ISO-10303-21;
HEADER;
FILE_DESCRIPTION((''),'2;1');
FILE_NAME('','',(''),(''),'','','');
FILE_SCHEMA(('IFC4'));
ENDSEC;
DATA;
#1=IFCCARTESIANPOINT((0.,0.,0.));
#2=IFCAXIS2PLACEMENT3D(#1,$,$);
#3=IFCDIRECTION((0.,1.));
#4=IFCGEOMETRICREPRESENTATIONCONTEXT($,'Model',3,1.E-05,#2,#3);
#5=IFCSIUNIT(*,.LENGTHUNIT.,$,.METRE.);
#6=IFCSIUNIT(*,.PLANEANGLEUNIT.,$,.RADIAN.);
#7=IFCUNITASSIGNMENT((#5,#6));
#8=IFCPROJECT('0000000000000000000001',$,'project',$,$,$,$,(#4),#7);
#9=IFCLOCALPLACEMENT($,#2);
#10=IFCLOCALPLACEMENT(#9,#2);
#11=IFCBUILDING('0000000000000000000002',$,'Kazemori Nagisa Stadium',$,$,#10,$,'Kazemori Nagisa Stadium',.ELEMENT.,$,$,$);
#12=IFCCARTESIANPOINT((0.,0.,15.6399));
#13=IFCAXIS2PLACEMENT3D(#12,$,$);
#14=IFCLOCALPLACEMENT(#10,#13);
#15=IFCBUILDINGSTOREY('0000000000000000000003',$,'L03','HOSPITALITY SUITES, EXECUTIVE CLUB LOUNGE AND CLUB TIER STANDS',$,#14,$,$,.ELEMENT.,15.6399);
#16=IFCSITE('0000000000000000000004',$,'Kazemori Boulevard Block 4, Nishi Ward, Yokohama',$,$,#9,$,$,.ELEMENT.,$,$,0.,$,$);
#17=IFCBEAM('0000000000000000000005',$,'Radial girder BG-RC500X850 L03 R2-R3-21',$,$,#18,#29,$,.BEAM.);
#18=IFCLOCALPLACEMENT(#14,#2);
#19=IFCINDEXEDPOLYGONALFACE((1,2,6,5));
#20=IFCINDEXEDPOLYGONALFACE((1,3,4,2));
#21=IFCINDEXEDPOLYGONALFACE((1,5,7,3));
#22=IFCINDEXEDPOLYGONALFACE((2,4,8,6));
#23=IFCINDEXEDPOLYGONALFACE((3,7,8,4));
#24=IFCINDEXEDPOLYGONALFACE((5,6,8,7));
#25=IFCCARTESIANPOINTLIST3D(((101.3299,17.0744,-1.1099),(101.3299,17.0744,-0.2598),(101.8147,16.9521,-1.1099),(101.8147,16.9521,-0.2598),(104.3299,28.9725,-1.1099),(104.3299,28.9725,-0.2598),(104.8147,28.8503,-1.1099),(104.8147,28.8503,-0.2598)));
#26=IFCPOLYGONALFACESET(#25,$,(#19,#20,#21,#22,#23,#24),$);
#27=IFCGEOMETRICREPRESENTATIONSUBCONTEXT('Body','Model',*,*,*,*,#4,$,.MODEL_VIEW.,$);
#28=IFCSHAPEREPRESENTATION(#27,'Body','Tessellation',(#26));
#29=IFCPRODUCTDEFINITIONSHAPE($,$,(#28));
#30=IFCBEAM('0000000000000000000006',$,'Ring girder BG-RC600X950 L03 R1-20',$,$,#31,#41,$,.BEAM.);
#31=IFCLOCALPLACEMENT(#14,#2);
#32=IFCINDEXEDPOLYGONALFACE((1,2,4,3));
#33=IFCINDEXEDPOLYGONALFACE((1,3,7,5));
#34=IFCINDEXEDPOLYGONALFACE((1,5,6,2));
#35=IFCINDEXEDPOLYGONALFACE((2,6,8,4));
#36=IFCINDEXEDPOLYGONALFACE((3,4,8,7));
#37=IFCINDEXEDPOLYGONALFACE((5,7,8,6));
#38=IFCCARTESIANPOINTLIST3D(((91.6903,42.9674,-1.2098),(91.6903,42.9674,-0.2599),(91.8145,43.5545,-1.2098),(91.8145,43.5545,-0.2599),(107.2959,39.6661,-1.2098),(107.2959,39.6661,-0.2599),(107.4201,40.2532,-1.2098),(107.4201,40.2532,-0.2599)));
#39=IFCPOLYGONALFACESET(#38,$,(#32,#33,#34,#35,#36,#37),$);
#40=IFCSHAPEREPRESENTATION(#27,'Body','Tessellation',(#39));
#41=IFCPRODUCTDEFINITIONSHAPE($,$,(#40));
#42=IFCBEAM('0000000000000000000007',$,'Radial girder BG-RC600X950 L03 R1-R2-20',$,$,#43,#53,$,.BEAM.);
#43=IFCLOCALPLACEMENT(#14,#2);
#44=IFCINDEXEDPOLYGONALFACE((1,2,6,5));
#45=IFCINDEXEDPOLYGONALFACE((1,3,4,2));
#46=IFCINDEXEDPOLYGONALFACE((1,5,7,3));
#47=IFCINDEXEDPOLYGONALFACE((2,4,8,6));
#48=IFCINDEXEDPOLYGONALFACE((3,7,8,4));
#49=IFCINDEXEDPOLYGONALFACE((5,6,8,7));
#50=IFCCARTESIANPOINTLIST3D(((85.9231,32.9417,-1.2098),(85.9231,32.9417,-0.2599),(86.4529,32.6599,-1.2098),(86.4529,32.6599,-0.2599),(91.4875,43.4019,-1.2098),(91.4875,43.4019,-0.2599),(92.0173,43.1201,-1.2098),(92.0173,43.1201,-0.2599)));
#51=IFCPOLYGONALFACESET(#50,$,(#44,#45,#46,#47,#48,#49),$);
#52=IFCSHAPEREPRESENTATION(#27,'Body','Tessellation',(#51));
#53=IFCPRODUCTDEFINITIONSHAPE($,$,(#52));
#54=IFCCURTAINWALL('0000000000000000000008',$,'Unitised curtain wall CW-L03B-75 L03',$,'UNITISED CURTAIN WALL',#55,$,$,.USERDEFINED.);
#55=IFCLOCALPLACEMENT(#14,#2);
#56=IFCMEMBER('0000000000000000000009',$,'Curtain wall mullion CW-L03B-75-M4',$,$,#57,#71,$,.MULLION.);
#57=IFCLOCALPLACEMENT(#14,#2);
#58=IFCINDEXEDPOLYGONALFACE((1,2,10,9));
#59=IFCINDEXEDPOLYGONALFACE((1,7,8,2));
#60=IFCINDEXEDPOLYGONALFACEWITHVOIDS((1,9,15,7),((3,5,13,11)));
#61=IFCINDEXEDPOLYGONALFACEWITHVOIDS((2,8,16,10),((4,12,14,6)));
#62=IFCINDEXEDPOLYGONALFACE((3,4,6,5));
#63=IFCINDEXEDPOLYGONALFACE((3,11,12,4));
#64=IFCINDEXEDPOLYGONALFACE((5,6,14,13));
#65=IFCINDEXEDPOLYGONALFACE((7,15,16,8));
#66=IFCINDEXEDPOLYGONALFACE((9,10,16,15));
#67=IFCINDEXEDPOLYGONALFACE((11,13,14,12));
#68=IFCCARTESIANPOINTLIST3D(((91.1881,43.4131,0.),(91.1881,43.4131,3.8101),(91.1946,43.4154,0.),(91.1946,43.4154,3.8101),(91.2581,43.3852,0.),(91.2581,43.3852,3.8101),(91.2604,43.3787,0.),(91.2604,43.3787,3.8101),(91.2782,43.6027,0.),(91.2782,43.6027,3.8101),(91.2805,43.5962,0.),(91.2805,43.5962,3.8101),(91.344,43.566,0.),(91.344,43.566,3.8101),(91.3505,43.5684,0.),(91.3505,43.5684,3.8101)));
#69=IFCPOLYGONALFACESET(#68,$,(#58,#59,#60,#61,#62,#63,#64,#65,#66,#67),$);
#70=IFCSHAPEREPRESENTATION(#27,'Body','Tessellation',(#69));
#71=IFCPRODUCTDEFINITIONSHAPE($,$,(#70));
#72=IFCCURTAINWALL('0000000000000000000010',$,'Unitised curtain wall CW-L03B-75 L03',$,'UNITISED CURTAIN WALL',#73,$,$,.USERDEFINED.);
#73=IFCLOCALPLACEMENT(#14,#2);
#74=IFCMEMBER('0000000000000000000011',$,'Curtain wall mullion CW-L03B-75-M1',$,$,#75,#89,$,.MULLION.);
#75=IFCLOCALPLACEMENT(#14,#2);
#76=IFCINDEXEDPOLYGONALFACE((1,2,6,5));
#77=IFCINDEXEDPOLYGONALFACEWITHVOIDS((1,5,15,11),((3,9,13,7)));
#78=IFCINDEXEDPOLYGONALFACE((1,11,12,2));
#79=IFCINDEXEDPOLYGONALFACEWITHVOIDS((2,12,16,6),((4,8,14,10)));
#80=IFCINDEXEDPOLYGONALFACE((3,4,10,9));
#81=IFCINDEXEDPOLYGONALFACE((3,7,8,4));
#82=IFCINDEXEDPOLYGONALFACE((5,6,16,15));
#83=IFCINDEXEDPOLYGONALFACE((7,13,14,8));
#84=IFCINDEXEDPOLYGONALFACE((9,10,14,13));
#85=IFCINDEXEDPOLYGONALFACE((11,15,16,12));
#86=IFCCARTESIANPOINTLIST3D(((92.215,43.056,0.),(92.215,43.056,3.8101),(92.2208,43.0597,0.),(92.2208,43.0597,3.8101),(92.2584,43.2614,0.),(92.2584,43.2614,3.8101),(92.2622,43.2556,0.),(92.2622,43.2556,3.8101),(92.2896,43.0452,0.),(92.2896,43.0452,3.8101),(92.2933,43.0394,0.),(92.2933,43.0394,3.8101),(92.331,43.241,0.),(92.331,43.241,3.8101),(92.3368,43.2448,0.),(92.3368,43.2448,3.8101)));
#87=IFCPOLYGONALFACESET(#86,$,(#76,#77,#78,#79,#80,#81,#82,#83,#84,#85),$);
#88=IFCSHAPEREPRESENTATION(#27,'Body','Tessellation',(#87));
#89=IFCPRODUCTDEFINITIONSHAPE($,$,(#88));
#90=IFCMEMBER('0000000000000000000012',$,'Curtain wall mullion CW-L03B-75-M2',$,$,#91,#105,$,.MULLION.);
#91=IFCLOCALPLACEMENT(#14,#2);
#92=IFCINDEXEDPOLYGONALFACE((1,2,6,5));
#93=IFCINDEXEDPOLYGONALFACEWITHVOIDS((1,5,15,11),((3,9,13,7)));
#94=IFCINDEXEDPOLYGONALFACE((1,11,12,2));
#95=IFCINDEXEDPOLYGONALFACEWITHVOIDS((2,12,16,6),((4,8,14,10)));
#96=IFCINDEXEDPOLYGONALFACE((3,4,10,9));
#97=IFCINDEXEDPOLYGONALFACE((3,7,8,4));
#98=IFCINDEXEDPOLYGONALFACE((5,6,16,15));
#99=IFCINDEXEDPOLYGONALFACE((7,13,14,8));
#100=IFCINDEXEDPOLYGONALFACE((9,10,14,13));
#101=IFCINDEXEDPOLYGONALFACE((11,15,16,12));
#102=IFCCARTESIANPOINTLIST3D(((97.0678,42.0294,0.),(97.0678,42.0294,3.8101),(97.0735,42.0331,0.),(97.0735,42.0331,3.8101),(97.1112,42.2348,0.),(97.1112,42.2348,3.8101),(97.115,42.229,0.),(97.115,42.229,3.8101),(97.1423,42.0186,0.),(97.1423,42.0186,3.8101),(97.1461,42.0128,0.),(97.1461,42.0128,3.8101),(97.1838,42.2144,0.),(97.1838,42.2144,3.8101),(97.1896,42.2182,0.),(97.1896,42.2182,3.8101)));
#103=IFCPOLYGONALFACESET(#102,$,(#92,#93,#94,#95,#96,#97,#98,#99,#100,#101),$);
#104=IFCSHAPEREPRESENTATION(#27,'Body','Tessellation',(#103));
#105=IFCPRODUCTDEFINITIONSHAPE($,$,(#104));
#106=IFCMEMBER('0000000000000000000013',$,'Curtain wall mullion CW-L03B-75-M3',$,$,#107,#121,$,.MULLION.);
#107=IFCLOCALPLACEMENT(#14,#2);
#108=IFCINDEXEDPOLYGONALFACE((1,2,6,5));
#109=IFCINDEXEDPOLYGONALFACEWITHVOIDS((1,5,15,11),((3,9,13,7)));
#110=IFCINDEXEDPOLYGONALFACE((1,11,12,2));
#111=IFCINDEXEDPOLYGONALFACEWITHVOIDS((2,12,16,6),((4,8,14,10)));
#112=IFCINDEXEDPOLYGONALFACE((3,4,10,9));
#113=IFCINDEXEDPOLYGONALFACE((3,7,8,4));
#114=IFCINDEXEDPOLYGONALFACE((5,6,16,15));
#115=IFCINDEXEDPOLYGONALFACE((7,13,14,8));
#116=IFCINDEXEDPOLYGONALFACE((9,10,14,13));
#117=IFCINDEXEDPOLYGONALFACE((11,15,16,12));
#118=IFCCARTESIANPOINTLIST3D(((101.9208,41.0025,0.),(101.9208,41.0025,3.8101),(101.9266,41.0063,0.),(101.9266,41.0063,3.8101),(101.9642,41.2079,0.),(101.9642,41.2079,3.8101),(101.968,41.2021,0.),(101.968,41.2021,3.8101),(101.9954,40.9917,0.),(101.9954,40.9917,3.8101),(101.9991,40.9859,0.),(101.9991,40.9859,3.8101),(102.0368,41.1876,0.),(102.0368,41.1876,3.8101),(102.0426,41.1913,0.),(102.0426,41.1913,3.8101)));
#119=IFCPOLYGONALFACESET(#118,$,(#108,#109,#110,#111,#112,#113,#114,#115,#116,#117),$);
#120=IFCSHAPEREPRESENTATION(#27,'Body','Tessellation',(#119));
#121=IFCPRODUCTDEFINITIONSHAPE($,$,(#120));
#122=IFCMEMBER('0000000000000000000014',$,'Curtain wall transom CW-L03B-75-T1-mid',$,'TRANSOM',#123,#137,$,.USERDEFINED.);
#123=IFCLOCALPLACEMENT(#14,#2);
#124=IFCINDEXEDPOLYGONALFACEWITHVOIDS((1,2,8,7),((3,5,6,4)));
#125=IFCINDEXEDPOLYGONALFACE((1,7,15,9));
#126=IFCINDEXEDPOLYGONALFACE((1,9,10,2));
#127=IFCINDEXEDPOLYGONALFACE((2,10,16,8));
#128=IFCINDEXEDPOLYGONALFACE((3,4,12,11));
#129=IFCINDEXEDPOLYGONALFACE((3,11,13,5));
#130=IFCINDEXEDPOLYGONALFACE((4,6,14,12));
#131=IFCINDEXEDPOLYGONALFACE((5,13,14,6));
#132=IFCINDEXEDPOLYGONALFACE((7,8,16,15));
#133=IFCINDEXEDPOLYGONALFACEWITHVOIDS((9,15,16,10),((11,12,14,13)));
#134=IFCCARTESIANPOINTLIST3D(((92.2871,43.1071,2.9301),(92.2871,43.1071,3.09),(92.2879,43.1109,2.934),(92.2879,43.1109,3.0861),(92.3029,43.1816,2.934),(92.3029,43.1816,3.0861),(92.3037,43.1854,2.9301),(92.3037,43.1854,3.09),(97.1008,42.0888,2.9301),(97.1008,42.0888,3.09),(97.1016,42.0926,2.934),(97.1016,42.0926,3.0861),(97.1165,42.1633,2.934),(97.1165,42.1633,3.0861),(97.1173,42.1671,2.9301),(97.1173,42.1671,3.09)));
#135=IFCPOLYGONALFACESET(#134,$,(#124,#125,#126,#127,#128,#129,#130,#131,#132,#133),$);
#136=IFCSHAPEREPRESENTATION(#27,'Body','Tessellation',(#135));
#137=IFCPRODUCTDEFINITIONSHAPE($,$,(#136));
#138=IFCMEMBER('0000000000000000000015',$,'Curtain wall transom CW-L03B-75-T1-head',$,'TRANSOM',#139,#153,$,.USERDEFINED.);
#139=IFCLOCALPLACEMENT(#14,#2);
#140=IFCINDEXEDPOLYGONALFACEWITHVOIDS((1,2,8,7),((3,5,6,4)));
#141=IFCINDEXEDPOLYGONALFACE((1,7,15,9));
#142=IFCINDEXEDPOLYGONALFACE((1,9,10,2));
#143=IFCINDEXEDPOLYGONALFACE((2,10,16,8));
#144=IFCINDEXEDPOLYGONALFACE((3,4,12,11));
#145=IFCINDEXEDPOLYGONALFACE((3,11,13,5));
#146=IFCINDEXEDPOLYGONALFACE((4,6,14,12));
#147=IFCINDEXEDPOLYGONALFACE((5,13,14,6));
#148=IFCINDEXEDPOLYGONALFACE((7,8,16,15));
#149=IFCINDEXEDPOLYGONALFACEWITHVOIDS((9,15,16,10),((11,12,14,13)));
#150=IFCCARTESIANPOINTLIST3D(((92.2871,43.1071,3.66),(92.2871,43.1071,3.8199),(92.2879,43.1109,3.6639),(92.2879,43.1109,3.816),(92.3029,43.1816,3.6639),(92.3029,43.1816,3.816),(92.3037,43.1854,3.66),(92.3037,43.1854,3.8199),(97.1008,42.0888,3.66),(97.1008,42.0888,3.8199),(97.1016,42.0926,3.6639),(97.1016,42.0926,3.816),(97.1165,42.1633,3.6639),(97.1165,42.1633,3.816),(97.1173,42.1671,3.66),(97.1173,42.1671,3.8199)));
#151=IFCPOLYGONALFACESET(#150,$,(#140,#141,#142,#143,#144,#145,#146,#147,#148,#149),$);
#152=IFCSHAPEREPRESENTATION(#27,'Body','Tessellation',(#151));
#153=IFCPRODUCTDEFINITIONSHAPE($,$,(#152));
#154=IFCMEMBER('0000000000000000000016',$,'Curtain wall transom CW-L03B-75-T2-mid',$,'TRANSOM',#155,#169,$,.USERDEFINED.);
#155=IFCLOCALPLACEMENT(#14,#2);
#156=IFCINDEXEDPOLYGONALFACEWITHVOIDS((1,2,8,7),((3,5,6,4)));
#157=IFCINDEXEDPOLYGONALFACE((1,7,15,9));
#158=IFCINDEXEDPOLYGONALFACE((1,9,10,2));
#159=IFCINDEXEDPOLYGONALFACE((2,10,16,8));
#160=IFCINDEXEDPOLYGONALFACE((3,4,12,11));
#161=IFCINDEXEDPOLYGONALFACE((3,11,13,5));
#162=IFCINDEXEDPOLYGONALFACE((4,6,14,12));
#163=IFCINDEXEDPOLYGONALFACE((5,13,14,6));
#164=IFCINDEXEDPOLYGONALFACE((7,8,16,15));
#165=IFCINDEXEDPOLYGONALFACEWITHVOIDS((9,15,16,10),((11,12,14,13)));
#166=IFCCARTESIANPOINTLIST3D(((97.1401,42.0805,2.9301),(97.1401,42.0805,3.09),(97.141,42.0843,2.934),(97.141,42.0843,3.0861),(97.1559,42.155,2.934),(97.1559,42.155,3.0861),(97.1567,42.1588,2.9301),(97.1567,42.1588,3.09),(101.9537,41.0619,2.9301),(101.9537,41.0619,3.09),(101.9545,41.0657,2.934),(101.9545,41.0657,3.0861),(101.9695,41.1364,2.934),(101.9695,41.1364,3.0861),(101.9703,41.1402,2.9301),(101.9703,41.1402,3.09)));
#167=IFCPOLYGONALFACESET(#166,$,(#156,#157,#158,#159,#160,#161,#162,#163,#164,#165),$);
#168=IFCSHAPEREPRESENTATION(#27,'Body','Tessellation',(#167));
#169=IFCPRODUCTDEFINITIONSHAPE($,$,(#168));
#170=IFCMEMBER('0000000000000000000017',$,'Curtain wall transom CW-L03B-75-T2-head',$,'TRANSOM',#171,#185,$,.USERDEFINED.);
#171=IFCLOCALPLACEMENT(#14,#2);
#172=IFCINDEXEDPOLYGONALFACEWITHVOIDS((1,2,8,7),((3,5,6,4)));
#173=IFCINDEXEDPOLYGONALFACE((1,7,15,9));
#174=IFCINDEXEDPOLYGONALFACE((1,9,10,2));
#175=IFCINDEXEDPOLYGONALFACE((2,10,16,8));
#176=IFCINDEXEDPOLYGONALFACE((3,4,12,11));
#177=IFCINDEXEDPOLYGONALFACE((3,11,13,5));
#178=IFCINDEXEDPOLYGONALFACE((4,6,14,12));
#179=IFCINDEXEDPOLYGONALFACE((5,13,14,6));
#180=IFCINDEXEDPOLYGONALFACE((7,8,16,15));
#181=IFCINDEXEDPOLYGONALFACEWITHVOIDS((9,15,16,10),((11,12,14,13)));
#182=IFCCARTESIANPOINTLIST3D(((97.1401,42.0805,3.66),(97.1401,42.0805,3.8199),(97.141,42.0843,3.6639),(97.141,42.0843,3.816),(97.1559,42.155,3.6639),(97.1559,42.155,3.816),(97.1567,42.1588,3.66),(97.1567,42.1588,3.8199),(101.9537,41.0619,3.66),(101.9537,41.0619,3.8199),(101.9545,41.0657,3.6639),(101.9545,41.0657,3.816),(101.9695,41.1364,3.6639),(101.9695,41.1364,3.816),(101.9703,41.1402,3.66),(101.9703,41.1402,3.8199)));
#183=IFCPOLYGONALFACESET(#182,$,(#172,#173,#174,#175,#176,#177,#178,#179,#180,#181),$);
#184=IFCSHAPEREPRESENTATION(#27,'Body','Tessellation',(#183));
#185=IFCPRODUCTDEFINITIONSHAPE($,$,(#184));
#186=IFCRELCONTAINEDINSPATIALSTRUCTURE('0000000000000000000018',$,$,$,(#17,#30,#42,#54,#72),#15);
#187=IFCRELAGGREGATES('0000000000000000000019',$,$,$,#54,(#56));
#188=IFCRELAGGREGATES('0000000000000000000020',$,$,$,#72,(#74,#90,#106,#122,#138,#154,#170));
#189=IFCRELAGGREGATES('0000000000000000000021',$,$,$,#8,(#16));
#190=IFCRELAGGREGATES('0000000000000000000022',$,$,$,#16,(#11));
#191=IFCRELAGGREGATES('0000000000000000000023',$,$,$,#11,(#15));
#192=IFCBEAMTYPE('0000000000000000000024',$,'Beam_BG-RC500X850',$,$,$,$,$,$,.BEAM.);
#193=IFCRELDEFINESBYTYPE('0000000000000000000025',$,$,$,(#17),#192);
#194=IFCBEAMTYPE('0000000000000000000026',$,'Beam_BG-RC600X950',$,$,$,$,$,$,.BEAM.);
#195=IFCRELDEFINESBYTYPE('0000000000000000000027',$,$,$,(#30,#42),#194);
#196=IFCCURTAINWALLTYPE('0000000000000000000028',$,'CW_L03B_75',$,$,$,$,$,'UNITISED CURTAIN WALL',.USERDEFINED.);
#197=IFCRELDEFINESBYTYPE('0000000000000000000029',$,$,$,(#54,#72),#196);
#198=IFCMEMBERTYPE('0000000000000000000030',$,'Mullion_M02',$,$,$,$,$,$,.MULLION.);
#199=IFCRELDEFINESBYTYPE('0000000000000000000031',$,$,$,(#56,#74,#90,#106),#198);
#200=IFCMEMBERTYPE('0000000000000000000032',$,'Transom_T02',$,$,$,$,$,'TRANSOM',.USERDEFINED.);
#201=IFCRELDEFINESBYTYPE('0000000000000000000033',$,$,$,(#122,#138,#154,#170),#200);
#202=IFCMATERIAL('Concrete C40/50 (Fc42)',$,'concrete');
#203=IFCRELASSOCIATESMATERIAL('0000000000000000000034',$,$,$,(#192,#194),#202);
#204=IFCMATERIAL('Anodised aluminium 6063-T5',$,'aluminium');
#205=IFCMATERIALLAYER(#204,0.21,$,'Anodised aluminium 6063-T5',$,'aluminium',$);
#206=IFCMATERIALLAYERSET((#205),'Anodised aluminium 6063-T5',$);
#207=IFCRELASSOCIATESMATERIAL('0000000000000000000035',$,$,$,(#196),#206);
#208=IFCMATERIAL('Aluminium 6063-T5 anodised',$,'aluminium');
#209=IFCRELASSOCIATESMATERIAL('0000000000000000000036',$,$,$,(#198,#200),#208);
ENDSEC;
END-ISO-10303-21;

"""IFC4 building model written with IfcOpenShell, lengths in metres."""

from ifc_helpers import new_model, si_unit, direction, frame, origin, origin_2d, place, context, subcontext, project, spatial, rectangle, hollow_rectangle, extrude, material, layer, layer_set, material_profile, profile_set, type_object, element, aggregate, save


model = new_model("IFC4")

# Units and contexts
model_context = context("Model", 3, precision=1e-05, world=origin(), true_north=direction((0.0, 1.0)))
body_context = subcontext(model_context, "Body", "Model", "MODEL_VIEW")
ifc_project = project(units=[si_unit("LENGTHUNIT", "METRE"), si_unit("PLANEANGLEUNIT", "RADIAN")], contexts=[model_context])

# Site, building, storey
site_placement = place(None, origin())
site = spatial("IfcSite", under=ifc_project, at=site_placement, Name="Kazemori Boulevard Block 4, Nishi Ward, Yokohama", CompositionType="ELEMENT", RefElevation=0.0)
building_placement = place(site_placement, origin())
building = spatial("IfcBuilding", under=site, at=building_placement, Name="Kazemori Nagisa Stadium", LongName="Kazemori Nagisa Stadium", CompositionType="ELEMENT")
storey_placement = place(building_placement, frame((0.0, 0.0, 15.6399)))
storey = spatial("IfcBuildingStorey", under=building, at=storey_placement, Name="L03", Description="HOSPITALITY SUITES, EXECUTIVE CLUB LOUNGE AND CLUB TIER STANDS", CompositionType="ELEMENT", Elevation=15.6399)

# Shared definitions
ifc_material_1 = material(Name="Concrete C40/50 (Fc42)", Category="concrete")

# Beams
ifc_material_profile_1 = material_profile(ifc_material_1, rectangle(XDim=0.5, YDim=0.8501, at=origin_2d()), Name="RC-BM-500x850")
ifc_profile_set_1 = profile_set([ifc_material_profile_1], Name="Concrete C40/50 (Fc42)")
beam_type_1 = type_object("IfcBeamType", Name="Beam_BG-RC500X850", PredefinedType="BEAM", material=ifc_profile_set_1)
beam_1_placement = place(storey_placement, frame((104.5723, 28.9114, -0.6848), z_axis=(-0.244487, -0.969652, 0.0), x_axis=(0.969652, -0.244487, 0.0)))
element("IfcBeam", 1, at=beam_1_placement, inside=storey, type_object=beam_type_1, Name="Radial girder BG-RC500X850 L03 R2-R3-21", PredefinedType="BEAM", context=body_context, shape_type="SweptSolid", body=[
    extrude(rectangle(XDim=0.5, YDim=0.8501, at=origin_2d()), origin(), (0.0, 0.0, 1.0), 12.2705),
])
ifc_material_profile_2 = material_profile(ifc_material_1, rectangle(XDim=0.6001, YDim=0.95, at=origin_2d()), Name="RC-BM-600x950")
ifc_profile_set_2 = profile_set([ifc_material_profile_2], Name="Concrete C40/50 (Fc42)")
beam_type_2 = type_object("IfcBeamType", Name="Beam_BG-RC600X950", PredefinedType="BEAM", material=ifc_profile_set_2)
beam_2_placement = place(storey_placement, frame((91.7524, 43.261, -0.7349), z_axis=(0.978348, -0.206965, 0.0), x_axis=(0.206965, 0.978348, 0.0)))
element("IfcBeam", 2, at=beam_2_placement, inside=storey, type_object=beam_type_2, Name="Ring girder BG-RC600X950 L03 R1-20", PredefinedType="BEAM", context=body_context, shape_type="SweptSolid", body=[
    extrude(rectangle(XDim=0.6001, YDim=0.95, at=origin_2d()), origin(), (0.0, 0.0, 1.0), 15.9509),
])
beam_3_placement = place(storey_placement, frame((91.7524, 43.261, -0.7349), z_axis=(-0.469647, -0.882854, 0.0), x_axis=(0.882854, -0.469647, 0.0)))
element("IfcBeam", 3, at=beam_3_placement, inside=storey, type_object=beam_type_2, Name="Radial girder BG-RC600X950 L03 R1-R2-20", PredefinedType="BEAM", context=body_context, shape_type="SweptSolid", body=[
    extrude(rectangle(XDim=0.6001, YDim=0.95, at=origin_2d()), origin(), (0.0, 0.0, 1.0), 11.8481),
])

# Curtain wall, member
ifc_material_2 = material(Name="Anodised aluminium 6063-T5", Category="aluminium")
ifc_layer_1 = layer(ifc_material_2, 0.21, Name="Anodised aluminium 6063-T5", Category="aluminium")
ifc_layer_set_1 = layer_set([ifc_layer_1], Name="Anodised aluminium 6063-T5")
curtain_wall_type = type_object("IfcCurtainWallType", Name="CW_L03B_75", ElementType="UNITISED CURTAIN WALL", PredefinedType="USERDEFINED", material=ifc_layer_set_1)
curtain_wall_1_placement = place(storey_placement, origin())
curtain_wall_1 = element("IfcCurtainWall", 4, at=curtain_wall_1_placement, inside=storey, type_object=curtain_wall_type, Name="Unitised curtain wall CW-L03B-75 L03", ObjectType="UNITISED CURTAIN WALL", PredefinedType="USERDEFINED")
ifc_material_3 = material(Name="Aluminium 6063-T5 anodised", Category="aluminium")
ifc_material_profile_3 = material_profile(ifc_material_3, hollow_rectangle(XDim=0.0801, YDim=0.21, WallThickness=0.0049, at=origin_2d()), Name="ALU-MULL-80x210x5")
ifc_profile_set_3 = profile_set([ifc_material_profile_3], Name="Aluminium 6063-T5 anodised")
member_type_1 = type_object("IfcMemberType", Name="Mullion_M02", PredefinedType="MULLION", material=ifc_profile_set_3)
member_1_placement = place(storey_placement, frame((91.2693, 43.4907, 0.0), z_axis=(0.0, 0.0, 1.0), x_axis=(0.903216, -0.429186, 0.0)))
member_1 = element("IfcMember", 5, at=member_1_placement, type_object=member_type_1, Name="Curtain wall mullion CW-L03B-75-M4", PredefinedType="MULLION", context=body_context, shape_type="SweptSolid", body=[
    extrude(hollow_rectangle(XDim=0.0801, YDim=0.21, WallThickness=0.0049, at=origin_2d()), origin(), (0.0, 0.0, 1.0), 3.8101),
])
aggregate(curtain_wall_1, [member_1])

# Curtain wall, members
curtain_wall_2_placement = place(storey_placement, origin())
curtain_wall_2 = element("IfcCurtainWall", 6, at=curtain_wall_2_placement, inside=storey, type_object=curtain_wall_type, Name="Unitised curtain wall CW-L03B-75 L03", ObjectType="UNITISED CURTAIN WALL", PredefinedType="USERDEFINED")
member_2_placement = place(storey_placement, frame((92.2759, 43.1504, 0.0), z_axis=(0.0, 0.0, 1.0), x_axis=(0.978345, -0.206981, 0.0)))
member_2 = element("IfcMember", 7, at=member_2_placement, type_object=member_type_1, Name="Curtain wall mullion CW-L03B-75-M1", PredefinedType="MULLION", context=body_context, shape_type="SweptSolid", body=[
    extrude(hollow_rectangle(XDim=0.0801, YDim=0.21, WallThickness=0.0049, at=origin_2d()), origin(), (0.0, 0.0, 1.0), 3.8101),
])
member_3_placement = place(storey_placement, frame((97.1287, 42.1238, 0.0), z_axis=(0.0, 0.0, 1.0), x_axis=(0.978345, -0.206981, 0.0)))
member_3 = element("IfcMember", 8, at=member_3_placement, type_object=member_type_1, Name="Curtain wall mullion CW-L03B-75-M2", PredefinedType="MULLION", context=body_context, shape_type="SweptSolid", body=[
    extrude(hollow_rectangle(XDim=0.0801, YDim=0.21, WallThickness=0.0049, at=origin_2d()), origin(), (0.0, 0.0, 1.0), 3.8101),
])
member_4_placement = place(storey_placement, frame((101.9817, 41.0969, 0.0), z_axis=(0.0, 0.0, 1.0), x_axis=(0.978345, -0.206981, 0.0)))
member_4 = element("IfcMember", 9, at=member_4_placement, type_object=member_type_1, Name="Curtain wall mullion CW-L03B-75-M3", PredefinedType="MULLION", context=body_context, shape_type="SweptSolid", body=[
    extrude(hollow_rectangle(XDim=0.0801, YDim=0.21, WallThickness=0.0049, at=origin_2d()), origin(), (0.0, 0.0, 1.0), 3.8101),
])
ifc_material_profile_4 = material_profile(ifc_material_3, hollow_rectangle(XDim=0.0801, YDim=0.1599, WallThickness=0.0039, at=origin_2d()), Name="ALU-TRAN-80x160x4")
ifc_profile_set_4 = profile_set([ifc_material_profile_4], Name="Aluminium 6063-T5 anodised")
member_type_2 = type_object("IfcMemberType", Name="Transom_T02", ElementType="TRANSOM", PredefinedType="USERDEFINED", material=ifc_profile_set_4)
member_5_placement = place(storey_placement, frame((92.2954, 43.1462, 3.01), z_axis=(0.978349, -0.206963, 0.0), x_axis=(0.206963, 0.978349, 0.0)))
member_5 = element("IfcMember", 10, at=member_5_placement, type_object=member_type_2, Name="Curtain wall transom CW-L03B-75-T1-mid", ObjectType="TRANSOM", PredefinedType="USERDEFINED", context=body_context, shape_type="SweptSolid", body=[
    extrude(hollow_rectangle(XDim=0.0801, YDim=0.1599, WallThickness=0.0039, at=origin_2d()), origin(), (0.0, 0.0, 1.0), 4.9202),
])
member_6_placement = place(storey_placement, frame((92.2954, 43.1462, 3.74), z_axis=(0.978349, -0.206963, 0.0), x_axis=(0.206963, 0.978349, 0.0)))
member_6 = element("IfcMember", 11, at=member_6_placement, type_object=member_type_2, Name="Curtain wall transom CW-L03B-75-T1-head", ObjectType="TRANSOM", PredefinedType="USERDEFINED", context=body_context, shape_type="SweptSolid", body=[
    extrude(hollow_rectangle(XDim=0.0801, YDim=0.1599, WallThickness=0.0039, at=origin_2d()), origin(), (0.0, 0.0, 1.0), 4.9202),
])
member_7_placement = place(storey_placement, frame((97.1484, 42.1196, 3.01), z_axis=(0.978337, -0.207021, 0.0), x_axis=(0.207021, 0.978337, 0.0)))
member_7 = element("IfcMember", 12, at=member_7_placement, type_object=member_type_2, Name="Curtain wall transom CW-L03B-75-T2-mid", ObjectType="TRANSOM", PredefinedType="USERDEFINED", context=body_context, shape_type="SweptSolid", body=[
    extrude(hollow_rectangle(XDim=0.0801, YDim=0.1599, WallThickness=0.0039, at=origin_2d()), origin(), (0.0, 0.0, 1.0), 4.9202),
])
member_8_placement = place(storey_placement, frame((97.1484, 42.1196, 3.74), z_axis=(0.978337, -0.207021, 0.0), x_axis=(0.207021, 0.978337, 0.0)))
member_8 = element("IfcMember", 13, at=member_8_placement, type_object=member_type_2, Name="Curtain wall transom CW-L03B-75-T2-head", ObjectType="TRANSOM", PredefinedType="USERDEFINED", context=body_context, shape_type="SweptSolid", body=[
    extrude(hollow_rectangle(XDim=0.0801, YDim=0.1599, WallThickness=0.0039, at=origin_2d()), origin(), (0.0, 0.0, 1.0), 4.9202),
])
aggregate(curtain_wall_2, [member_2, member_3, member_4, member_5, member_6, member_7, member_8])

save(model, "model.ifc")
